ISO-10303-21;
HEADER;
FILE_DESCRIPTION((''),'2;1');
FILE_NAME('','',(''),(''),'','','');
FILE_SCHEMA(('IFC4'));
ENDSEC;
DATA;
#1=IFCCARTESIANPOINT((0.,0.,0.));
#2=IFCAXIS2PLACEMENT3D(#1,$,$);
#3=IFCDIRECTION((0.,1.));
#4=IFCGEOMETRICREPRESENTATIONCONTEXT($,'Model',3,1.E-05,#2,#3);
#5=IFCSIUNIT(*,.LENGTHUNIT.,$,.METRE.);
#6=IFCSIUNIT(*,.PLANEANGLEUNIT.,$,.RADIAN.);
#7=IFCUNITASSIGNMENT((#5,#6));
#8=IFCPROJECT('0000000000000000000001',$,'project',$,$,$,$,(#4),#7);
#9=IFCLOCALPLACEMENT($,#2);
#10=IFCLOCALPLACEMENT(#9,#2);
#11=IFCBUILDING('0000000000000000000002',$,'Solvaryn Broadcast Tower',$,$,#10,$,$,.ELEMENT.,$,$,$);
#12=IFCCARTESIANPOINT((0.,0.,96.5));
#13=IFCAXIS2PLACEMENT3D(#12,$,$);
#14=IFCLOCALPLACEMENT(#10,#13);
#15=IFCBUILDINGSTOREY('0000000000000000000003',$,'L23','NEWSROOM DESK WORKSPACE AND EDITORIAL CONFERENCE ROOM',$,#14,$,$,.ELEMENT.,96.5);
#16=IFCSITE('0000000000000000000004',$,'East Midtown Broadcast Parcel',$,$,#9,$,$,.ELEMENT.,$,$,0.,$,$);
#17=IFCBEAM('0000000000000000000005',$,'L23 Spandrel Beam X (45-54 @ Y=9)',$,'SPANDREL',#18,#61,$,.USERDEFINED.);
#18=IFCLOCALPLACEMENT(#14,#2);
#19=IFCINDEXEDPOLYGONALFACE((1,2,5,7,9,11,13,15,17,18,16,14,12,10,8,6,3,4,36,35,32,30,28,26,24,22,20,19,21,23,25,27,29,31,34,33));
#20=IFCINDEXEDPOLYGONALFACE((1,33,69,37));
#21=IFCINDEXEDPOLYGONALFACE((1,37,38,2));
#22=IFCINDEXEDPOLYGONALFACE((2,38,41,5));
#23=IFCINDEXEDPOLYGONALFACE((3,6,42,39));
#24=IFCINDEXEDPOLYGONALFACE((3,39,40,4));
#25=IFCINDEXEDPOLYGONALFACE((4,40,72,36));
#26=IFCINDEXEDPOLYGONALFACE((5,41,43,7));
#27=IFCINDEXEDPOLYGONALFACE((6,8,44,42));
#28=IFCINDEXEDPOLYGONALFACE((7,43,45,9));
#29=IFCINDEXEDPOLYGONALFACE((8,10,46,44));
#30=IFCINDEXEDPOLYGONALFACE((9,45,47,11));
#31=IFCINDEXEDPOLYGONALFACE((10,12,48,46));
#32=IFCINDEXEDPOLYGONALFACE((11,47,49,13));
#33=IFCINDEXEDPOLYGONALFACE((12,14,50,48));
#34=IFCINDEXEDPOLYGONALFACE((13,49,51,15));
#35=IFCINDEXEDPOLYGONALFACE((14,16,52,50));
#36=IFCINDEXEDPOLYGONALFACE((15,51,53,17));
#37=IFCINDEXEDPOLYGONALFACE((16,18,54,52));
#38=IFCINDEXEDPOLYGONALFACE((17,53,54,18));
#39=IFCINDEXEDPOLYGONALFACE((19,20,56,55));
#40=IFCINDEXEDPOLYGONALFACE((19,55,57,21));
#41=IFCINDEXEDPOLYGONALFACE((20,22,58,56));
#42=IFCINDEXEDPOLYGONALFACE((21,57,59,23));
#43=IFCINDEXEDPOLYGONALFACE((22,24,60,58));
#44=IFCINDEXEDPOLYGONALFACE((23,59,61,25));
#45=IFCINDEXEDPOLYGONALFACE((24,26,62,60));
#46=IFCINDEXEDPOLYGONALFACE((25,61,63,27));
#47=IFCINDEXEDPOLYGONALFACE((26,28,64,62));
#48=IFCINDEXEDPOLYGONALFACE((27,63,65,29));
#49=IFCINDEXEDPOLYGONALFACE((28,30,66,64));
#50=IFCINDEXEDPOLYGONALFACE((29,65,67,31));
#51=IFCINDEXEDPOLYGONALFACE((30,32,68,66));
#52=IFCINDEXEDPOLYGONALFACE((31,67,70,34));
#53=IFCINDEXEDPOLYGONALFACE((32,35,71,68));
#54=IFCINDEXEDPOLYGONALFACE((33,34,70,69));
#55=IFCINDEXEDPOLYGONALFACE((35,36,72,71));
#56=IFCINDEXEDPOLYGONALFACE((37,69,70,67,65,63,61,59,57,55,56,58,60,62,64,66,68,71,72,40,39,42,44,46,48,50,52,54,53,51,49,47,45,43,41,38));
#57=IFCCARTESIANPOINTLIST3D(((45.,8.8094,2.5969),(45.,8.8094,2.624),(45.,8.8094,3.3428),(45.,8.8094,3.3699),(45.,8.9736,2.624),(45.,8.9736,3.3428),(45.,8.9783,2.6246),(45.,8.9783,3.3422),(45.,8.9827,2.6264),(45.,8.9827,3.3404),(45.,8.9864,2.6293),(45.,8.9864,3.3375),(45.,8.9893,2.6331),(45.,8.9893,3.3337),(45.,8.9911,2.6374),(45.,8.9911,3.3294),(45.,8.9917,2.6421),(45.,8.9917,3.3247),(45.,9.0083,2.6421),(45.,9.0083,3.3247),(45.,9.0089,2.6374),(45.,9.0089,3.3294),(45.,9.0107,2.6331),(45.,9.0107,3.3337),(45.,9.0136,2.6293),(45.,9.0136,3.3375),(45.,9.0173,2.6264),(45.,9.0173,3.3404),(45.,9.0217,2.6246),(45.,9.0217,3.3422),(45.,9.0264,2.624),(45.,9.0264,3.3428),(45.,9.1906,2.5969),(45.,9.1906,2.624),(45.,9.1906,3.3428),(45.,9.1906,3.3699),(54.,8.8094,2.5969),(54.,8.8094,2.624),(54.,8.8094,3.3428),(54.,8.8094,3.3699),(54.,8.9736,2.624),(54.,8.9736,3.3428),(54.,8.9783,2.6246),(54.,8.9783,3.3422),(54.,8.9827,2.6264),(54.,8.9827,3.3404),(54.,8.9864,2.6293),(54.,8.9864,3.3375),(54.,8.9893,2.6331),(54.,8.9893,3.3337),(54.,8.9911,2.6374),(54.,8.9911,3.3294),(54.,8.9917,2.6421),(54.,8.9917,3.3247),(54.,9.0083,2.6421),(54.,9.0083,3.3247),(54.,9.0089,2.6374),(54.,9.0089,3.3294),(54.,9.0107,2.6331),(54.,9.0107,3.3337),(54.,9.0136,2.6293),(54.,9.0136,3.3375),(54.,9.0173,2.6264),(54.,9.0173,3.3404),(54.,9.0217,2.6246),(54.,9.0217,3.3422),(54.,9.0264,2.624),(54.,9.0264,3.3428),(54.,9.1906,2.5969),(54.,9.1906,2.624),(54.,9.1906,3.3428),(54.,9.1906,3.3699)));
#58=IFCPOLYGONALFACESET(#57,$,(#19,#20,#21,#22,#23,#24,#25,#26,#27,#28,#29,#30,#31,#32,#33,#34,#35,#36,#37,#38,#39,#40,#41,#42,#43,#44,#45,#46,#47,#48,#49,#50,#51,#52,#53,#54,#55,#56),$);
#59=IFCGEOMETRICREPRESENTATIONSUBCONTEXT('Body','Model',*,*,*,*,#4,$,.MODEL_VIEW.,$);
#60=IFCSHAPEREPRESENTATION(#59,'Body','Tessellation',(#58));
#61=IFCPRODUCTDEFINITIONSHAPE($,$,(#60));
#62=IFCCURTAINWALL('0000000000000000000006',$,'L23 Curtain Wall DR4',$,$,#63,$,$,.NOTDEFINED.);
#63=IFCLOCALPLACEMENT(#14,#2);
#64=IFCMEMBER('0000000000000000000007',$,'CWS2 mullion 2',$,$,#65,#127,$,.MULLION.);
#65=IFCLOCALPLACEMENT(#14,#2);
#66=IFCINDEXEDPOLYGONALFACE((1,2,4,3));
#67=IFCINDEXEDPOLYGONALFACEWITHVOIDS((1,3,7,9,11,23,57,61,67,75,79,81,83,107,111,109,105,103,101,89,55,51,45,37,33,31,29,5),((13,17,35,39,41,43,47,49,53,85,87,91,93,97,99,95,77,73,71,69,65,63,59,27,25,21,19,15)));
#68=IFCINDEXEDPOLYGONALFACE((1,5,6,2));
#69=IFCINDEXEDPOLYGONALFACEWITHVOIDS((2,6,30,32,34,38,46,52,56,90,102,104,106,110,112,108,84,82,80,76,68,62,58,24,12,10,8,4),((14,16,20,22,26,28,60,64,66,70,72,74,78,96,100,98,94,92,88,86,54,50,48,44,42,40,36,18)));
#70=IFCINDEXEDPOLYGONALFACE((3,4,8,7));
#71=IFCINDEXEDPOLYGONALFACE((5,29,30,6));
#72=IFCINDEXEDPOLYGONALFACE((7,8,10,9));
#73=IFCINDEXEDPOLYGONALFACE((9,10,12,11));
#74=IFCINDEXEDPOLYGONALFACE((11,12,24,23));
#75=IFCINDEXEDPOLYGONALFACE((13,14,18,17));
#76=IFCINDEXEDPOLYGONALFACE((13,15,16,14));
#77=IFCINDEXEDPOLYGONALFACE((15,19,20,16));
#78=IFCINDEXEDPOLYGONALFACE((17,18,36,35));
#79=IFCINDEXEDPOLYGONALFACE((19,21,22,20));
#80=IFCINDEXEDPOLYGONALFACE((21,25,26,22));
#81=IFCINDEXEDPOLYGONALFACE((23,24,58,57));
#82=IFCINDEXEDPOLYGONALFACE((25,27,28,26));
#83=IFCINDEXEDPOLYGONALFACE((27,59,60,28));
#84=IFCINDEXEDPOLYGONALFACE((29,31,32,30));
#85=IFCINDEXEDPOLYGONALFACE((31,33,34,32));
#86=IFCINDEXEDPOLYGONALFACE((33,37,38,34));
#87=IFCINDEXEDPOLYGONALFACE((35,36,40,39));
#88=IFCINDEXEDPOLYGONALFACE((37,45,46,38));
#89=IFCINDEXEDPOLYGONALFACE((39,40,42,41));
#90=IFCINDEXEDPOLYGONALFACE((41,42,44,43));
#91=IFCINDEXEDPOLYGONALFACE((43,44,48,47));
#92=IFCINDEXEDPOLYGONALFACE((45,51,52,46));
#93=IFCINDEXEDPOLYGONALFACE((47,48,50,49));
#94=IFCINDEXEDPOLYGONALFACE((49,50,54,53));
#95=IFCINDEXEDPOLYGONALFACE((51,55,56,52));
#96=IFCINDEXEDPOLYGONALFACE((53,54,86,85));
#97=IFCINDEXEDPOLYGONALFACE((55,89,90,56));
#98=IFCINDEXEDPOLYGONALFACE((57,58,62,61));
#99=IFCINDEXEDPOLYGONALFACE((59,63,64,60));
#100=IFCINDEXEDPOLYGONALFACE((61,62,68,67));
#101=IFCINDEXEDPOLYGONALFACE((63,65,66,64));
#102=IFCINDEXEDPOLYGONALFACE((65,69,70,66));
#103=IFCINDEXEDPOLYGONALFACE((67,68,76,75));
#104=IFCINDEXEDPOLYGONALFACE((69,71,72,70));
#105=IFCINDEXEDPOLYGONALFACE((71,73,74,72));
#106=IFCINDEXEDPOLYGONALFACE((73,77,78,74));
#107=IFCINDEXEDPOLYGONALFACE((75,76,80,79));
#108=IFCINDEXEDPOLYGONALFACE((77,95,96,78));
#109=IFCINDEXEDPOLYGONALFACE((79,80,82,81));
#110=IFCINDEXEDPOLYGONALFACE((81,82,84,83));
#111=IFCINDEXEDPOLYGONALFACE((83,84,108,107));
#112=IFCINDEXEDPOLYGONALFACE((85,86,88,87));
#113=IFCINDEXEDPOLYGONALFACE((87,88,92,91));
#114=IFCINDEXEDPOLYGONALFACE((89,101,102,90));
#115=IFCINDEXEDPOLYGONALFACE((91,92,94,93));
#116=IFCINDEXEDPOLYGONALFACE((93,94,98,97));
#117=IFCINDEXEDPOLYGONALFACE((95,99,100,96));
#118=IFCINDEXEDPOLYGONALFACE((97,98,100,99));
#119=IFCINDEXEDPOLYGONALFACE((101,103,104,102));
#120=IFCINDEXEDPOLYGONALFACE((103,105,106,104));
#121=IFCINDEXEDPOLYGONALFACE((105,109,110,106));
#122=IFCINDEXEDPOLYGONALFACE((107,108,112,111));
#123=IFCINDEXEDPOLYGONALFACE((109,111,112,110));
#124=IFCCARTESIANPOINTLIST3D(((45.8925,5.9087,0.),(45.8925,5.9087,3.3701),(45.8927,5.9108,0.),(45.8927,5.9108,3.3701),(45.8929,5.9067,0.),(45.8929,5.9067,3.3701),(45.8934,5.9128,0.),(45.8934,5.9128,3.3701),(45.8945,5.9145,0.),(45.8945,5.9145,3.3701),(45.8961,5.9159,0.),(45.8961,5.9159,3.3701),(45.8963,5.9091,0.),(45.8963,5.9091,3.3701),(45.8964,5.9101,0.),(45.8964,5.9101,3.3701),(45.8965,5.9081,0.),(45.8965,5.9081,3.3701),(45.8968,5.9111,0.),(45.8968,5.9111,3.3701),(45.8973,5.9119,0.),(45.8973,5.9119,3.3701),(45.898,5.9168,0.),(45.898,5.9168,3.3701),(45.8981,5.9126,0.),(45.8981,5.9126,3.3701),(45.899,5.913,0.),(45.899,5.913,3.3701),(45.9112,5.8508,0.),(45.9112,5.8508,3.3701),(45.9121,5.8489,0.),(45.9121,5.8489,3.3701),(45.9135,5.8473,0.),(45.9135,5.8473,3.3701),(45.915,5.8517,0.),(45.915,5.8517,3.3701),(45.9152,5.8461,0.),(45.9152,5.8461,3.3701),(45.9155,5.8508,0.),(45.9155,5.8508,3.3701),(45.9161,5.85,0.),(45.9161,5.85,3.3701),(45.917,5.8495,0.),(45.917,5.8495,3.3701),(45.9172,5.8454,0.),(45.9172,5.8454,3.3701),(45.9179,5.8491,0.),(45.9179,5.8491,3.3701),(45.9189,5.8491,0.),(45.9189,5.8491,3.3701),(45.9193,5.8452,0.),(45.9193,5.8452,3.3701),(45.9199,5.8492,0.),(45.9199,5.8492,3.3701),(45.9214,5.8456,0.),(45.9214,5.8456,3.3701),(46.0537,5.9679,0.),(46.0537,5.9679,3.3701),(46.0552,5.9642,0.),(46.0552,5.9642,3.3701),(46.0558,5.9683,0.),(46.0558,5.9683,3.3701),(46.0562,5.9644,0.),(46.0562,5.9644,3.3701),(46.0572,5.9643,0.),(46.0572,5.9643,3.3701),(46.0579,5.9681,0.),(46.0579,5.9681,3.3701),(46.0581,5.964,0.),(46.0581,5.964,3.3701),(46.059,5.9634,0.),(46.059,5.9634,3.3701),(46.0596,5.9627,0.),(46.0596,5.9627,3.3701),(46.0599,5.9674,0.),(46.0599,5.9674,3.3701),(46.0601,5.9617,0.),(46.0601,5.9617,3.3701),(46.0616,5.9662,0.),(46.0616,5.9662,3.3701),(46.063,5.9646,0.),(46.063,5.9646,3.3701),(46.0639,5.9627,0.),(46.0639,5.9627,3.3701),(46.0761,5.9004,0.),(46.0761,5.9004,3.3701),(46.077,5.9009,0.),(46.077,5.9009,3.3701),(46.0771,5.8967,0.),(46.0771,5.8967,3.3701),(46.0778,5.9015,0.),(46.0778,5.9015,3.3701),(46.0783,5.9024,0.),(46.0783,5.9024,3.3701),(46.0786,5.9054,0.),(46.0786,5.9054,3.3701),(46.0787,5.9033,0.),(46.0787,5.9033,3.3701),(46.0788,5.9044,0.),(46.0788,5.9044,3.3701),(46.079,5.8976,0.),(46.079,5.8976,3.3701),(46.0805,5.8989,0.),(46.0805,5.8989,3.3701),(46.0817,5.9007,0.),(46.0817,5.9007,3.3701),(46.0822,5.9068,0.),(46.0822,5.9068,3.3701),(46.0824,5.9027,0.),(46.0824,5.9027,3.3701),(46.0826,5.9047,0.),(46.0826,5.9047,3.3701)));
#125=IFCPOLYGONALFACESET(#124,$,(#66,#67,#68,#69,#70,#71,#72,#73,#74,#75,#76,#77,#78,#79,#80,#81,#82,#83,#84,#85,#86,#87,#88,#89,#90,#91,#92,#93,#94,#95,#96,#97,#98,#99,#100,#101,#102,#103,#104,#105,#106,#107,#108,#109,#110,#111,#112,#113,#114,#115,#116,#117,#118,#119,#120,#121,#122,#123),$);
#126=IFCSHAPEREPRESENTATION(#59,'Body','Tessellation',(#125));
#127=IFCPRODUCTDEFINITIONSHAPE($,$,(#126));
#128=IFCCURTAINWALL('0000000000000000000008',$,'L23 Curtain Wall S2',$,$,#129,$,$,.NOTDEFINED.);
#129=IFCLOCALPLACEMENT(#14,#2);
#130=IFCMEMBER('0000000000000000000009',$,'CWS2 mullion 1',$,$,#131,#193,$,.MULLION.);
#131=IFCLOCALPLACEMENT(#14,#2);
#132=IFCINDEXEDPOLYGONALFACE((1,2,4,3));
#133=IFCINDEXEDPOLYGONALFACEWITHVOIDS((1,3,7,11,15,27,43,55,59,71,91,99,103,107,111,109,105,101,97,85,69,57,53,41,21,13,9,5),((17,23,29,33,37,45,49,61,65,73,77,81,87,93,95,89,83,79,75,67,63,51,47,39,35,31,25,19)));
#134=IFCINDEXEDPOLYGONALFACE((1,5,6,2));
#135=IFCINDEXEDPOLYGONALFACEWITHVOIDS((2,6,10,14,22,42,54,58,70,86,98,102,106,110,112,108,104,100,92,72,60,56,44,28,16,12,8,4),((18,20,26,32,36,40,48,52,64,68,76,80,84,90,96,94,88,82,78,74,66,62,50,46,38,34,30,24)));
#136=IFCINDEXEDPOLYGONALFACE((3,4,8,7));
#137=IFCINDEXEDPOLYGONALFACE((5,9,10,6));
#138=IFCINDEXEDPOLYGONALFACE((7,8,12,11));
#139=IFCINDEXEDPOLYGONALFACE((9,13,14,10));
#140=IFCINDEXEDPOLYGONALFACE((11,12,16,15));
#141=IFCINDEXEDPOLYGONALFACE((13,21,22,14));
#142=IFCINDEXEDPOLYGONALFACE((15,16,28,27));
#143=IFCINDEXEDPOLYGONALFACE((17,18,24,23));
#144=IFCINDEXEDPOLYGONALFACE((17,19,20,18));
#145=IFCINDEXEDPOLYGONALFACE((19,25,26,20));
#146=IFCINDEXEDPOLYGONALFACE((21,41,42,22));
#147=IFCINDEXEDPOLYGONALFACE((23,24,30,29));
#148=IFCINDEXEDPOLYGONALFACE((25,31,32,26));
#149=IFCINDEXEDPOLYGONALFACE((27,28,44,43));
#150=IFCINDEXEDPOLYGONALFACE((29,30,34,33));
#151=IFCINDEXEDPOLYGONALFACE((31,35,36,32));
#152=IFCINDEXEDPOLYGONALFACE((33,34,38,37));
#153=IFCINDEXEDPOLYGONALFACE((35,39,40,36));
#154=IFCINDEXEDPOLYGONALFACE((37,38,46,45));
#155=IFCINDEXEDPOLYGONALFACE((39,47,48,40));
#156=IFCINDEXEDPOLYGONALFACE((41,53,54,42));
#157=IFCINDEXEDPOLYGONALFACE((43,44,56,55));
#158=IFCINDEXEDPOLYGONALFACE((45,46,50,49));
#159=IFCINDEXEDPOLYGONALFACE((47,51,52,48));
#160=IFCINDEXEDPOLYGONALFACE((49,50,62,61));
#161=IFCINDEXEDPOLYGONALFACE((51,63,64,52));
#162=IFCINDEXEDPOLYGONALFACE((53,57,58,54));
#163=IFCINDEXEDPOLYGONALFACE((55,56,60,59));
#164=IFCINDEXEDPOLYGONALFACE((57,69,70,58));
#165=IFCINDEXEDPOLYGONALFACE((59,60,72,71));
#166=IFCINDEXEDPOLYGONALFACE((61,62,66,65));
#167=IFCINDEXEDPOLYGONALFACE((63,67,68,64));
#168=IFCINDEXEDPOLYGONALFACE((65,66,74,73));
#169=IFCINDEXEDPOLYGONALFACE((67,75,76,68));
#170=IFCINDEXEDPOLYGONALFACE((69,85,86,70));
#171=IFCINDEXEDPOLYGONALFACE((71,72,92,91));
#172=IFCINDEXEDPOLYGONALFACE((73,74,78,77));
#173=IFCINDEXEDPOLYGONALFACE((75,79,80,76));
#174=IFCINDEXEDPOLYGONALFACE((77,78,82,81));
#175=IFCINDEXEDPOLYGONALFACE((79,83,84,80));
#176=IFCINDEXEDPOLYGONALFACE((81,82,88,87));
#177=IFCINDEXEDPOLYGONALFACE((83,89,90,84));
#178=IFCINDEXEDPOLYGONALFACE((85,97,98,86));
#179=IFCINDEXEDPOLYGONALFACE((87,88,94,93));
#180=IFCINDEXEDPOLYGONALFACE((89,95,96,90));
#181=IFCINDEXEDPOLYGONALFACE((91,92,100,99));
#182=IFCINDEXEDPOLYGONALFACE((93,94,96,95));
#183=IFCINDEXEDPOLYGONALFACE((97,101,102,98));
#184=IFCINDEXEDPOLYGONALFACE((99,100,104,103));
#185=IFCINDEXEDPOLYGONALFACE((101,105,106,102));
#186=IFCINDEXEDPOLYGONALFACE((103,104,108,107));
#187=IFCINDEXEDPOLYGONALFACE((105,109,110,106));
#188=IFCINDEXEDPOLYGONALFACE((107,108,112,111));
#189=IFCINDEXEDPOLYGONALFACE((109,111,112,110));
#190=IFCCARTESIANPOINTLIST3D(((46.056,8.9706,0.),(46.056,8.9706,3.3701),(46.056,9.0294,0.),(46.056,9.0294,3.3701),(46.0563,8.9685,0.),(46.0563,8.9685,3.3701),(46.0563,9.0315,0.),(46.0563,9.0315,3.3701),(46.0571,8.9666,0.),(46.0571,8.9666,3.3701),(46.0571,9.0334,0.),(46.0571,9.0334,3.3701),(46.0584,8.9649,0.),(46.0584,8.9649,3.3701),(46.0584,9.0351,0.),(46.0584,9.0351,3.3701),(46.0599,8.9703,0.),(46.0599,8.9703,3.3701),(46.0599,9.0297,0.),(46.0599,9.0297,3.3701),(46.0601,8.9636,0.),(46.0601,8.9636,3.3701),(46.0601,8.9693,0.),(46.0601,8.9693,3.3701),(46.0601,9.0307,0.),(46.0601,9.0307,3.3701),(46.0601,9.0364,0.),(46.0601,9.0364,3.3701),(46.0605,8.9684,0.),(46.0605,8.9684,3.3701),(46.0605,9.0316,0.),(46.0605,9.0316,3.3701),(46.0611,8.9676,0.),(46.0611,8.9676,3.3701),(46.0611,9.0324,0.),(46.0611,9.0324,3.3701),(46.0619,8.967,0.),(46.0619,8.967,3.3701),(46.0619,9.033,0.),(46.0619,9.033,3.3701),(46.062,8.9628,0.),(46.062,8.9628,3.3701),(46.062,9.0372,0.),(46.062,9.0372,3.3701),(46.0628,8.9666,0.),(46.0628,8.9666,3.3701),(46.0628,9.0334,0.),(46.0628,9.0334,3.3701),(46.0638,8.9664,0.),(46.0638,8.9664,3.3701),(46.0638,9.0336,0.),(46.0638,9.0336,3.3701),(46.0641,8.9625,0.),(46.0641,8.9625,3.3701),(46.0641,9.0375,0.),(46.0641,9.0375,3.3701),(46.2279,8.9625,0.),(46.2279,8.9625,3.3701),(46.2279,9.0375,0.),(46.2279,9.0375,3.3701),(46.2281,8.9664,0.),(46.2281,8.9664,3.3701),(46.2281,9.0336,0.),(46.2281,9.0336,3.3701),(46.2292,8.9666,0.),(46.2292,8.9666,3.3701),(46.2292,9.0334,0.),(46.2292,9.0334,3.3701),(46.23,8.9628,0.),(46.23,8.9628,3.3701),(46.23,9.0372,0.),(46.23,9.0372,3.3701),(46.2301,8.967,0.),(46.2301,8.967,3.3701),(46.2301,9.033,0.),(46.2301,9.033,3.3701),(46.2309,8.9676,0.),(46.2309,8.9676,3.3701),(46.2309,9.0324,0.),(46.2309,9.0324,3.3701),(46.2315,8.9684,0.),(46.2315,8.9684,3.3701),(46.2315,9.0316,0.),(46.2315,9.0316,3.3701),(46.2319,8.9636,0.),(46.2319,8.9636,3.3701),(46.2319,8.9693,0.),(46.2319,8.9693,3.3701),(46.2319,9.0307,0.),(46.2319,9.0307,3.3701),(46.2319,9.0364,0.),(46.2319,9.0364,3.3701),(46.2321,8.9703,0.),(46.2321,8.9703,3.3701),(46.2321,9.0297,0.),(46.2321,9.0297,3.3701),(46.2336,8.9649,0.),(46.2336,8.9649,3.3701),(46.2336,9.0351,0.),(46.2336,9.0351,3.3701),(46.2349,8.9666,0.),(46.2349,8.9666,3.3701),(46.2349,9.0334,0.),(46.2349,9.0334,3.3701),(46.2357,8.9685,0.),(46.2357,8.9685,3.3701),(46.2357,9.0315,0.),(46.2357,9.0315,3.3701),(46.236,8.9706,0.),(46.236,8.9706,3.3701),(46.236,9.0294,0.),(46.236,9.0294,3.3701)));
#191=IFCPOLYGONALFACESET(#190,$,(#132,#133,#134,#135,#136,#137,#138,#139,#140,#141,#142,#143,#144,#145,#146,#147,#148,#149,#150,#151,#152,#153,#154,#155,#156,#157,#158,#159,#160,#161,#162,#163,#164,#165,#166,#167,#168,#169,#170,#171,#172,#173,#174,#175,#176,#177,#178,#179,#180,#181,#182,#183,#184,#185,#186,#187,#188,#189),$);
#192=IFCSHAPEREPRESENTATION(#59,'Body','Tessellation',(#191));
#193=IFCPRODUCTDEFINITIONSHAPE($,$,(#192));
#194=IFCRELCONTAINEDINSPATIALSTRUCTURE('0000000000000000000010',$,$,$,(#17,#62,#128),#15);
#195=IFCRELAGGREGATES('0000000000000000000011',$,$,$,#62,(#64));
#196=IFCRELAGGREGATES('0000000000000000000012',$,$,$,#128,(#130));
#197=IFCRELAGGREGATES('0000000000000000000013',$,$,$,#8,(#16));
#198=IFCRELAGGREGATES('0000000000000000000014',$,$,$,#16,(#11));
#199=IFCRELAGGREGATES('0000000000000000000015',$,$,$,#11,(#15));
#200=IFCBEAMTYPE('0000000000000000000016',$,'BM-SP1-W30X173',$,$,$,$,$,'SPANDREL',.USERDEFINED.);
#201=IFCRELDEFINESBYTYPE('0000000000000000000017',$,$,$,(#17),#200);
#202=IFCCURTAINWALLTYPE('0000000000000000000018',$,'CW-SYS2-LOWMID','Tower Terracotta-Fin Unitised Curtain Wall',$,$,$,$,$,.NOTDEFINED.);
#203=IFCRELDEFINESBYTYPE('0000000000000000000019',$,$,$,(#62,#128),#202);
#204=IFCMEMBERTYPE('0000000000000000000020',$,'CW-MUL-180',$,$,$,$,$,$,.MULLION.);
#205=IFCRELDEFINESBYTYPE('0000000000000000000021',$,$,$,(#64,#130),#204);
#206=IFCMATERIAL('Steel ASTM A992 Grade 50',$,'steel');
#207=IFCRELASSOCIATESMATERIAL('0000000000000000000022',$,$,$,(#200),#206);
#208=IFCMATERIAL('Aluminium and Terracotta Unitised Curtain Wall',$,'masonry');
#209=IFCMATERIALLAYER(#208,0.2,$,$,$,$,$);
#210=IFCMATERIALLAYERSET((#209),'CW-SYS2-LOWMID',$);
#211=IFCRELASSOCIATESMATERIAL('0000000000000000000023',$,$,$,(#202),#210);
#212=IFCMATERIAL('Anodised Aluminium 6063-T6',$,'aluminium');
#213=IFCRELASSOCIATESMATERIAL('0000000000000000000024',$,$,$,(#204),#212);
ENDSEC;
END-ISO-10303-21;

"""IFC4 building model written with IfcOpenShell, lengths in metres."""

from ifc_helpers import new_model, si_unit, direction, frame, origin, origin_2d, place, context, subcontext, project, spatial, hollow_rectangle, i_section, extrude, material, layer, layer_set, material_profile, profile_set, type_object, element, aggregate, save


model = new_model("IFC4")

# Units and contexts
model_context = context("Model", 3, precision=1e-05, world=origin(), true_north=direction((0.0, 1.0)))
body_context = subcontext(model_context, "Body", "Model", "MODEL_VIEW")
ifc_project = project(units=[si_unit("LENGTHUNIT", "METRE"), si_unit("PLANEANGLEUNIT", "RADIAN")], contexts=[model_context])

# Site, building, storey
site_placement = place(None, origin())
site = spatial("IfcSite", under=ifc_project, at=site_placement, Name="East Midtown Broadcast Parcel", CompositionType="ELEMENT", RefElevation=0.0)
building_placement = place(site_placement, origin())
building = spatial("IfcBuilding", under=site, at=building_placement, Name="Solvaryn Broadcast Tower", CompositionType="ELEMENT")
storey_placement = place(building_placement, frame((0.0, 0.0, 96.5)))
storey = spatial("IfcBuildingStorey", under=building, at=storey_placement, Name="L23", Description="NEWSROOM DESK WORKSPACE AND EDITORIAL CONFERENCE ROOM", CompositionType="ELEMENT", Elevation=96.5)

# Beam
ifc_material_1 = material(Name="Steel ASTM A992 Grade 50", Category="steel")
ifc_material_profile_1 = material_profile(ifc_material_1, i_section(OverallWidth=0.3811, OverallDepth=0.7729, WebThickness=0.0166, FlangeThickness=0.0271, FilletRadius=0.0181, at=origin_2d()))
ifc_profile_set_1 = profile_set([ifc_material_profile_1], Name="Steel ASTM A992 Grade 50")
beam_type_1 = type_object("IfcBeamType", Name="BM-SP1-W30X173", ElementType="SPANDREL", PredefinedType="USERDEFINED", material=ifc_profile_set_1)
beam_1_placement = place(storey_placement, frame((45.0, 9.0, 2.9834), z_axis=(1.0, 0.0, 0.0), x_axis=(0.0, 1.0, 0.0)))
element("IfcBeam", 1, at=beam_1_placement, inside=storey, type_object=beam_type_1, Name="L23 Spandrel Beam X (45-54 @ Y=9)", ObjectType="SPANDREL", PredefinedType="USERDEFINED", context=body_context, shape_type="SweptSolid", body=[
    extrude(i_section(OverallWidth=0.3811, OverallDepth=0.7729, WebThickness=0.0166, FlangeThickness=0.0271, FilletRadius=0.0181, at=origin_2d()), origin(), (0.0, 0.0, 1.0), 9.0),
])

# Curtain wall, member
ifc_material_2 = material(Name="Aluminium and Terracotta Unitised Curtain Wall", Category="masonry")
ifc_layer_1 = layer(ifc_material_2, 0.2)
ifc_layer_set_1 = layer_set([ifc_layer_1], Name="CW-SYS2-LOWMID")
curtain_wall_type = type_object("IfcCurtainWallType", Name="CW-SYS2-LOWMID", Description="Tower Terracotta-Fin Unitised Curtain Wall", PredefinedType="NOTDEFINED", material=ifc_layer_set_1)
curtain_wall_1_placement = place(storey_placement, origin())
curtain_wall_1 = element("IfcCurtainWall", 2, at=curtain_wall_1_placement, inside=storey, type_object=curtain_wall_type, Name="L23 Curtain Wall DR4", PredefinedType="NOTDEFINED")
ifc_material_3 = material(Name="Anodised Aluminium 6063-T6", Category="aluminium")
ifc_material_profile_2 = material_profile(ifc_material_3, hollow_rectangle(XDim=0.075, YDim=0.1799, WallThickness=0.0039, InnerFilletRadius=0.0039, OuterFilletRadius=0.0081, at=origin_2d()))
ifc_profile_set_2 = profile_set([ifc_material_profile_2], Name="Anodised Aluminium 6063-T6")
member_type_1 = type_object("IfcMemberType", Name="CW-MUL-180", PredefinedType="MULLION", material=ifc_profile_set_2)
member_1_placement = place(storey_placement, frame((45.9875, 5.9067, 0.0), z_axis=(0.0, 0.0, 1.0), x_axis=(-0.311594, 0.950215, 0.0)))
member_1 = element("IfcMember", 3, at=member_1_placement, type_object=member_type_1, Name="CWS2 mullion 2", PredefinedType="MULLION", context=body_context, shape_type="SweptSolid", body=[
    extrude(hollow_rectangle(XDim=0.075, YDim=0.1799, WallThickness=0.0039, InnerFilletRadius=0.0039, OuterFilletRadius=0.0081, at=origin_2d()), origin(), (0.0, 0.0, 1.0), 3.3701),
])
aggregate(curtain_wall_1, [member_1])

# Curtain wall, member
curtain_wall_2_placement = place(storey_placement, origin())
curtain_wall_2 = element("IfcCurtainWall", 4, at=curtain_wall_2_placement, inside=storey, type_object=curtain_wall_type, Name="L23 Curtain Wall S2", PredefinedType="NOTDEFINED")
member_2_placement = place(storey_placement, frame((46.146, 9.0, 0.0), z_axis=(0.0, 0.0, 1.0), x_axis=(0.0, 1.0, 0.0)))
member_2 = element("IfcMember", 5, at=member_2_placement, type_object=member_type_1, Name="CWS2 mullion 1", PredefinedType="MULLION", context=body_context, shape_type="SweptSolid", body=[
    extrude(hollow_rectangle(XDim=0.075, YDim=0.1799, WallThickness=0.0039, InnerFilletRadius=0.0039, OuterFilletRadius=0.0081, at=origin_2d()), origin(), (0.0, 0.0, 1.0), 3.3701),
])
aggregate(curtain_wall_2, [member_2])

save(model, "model.ifc")
